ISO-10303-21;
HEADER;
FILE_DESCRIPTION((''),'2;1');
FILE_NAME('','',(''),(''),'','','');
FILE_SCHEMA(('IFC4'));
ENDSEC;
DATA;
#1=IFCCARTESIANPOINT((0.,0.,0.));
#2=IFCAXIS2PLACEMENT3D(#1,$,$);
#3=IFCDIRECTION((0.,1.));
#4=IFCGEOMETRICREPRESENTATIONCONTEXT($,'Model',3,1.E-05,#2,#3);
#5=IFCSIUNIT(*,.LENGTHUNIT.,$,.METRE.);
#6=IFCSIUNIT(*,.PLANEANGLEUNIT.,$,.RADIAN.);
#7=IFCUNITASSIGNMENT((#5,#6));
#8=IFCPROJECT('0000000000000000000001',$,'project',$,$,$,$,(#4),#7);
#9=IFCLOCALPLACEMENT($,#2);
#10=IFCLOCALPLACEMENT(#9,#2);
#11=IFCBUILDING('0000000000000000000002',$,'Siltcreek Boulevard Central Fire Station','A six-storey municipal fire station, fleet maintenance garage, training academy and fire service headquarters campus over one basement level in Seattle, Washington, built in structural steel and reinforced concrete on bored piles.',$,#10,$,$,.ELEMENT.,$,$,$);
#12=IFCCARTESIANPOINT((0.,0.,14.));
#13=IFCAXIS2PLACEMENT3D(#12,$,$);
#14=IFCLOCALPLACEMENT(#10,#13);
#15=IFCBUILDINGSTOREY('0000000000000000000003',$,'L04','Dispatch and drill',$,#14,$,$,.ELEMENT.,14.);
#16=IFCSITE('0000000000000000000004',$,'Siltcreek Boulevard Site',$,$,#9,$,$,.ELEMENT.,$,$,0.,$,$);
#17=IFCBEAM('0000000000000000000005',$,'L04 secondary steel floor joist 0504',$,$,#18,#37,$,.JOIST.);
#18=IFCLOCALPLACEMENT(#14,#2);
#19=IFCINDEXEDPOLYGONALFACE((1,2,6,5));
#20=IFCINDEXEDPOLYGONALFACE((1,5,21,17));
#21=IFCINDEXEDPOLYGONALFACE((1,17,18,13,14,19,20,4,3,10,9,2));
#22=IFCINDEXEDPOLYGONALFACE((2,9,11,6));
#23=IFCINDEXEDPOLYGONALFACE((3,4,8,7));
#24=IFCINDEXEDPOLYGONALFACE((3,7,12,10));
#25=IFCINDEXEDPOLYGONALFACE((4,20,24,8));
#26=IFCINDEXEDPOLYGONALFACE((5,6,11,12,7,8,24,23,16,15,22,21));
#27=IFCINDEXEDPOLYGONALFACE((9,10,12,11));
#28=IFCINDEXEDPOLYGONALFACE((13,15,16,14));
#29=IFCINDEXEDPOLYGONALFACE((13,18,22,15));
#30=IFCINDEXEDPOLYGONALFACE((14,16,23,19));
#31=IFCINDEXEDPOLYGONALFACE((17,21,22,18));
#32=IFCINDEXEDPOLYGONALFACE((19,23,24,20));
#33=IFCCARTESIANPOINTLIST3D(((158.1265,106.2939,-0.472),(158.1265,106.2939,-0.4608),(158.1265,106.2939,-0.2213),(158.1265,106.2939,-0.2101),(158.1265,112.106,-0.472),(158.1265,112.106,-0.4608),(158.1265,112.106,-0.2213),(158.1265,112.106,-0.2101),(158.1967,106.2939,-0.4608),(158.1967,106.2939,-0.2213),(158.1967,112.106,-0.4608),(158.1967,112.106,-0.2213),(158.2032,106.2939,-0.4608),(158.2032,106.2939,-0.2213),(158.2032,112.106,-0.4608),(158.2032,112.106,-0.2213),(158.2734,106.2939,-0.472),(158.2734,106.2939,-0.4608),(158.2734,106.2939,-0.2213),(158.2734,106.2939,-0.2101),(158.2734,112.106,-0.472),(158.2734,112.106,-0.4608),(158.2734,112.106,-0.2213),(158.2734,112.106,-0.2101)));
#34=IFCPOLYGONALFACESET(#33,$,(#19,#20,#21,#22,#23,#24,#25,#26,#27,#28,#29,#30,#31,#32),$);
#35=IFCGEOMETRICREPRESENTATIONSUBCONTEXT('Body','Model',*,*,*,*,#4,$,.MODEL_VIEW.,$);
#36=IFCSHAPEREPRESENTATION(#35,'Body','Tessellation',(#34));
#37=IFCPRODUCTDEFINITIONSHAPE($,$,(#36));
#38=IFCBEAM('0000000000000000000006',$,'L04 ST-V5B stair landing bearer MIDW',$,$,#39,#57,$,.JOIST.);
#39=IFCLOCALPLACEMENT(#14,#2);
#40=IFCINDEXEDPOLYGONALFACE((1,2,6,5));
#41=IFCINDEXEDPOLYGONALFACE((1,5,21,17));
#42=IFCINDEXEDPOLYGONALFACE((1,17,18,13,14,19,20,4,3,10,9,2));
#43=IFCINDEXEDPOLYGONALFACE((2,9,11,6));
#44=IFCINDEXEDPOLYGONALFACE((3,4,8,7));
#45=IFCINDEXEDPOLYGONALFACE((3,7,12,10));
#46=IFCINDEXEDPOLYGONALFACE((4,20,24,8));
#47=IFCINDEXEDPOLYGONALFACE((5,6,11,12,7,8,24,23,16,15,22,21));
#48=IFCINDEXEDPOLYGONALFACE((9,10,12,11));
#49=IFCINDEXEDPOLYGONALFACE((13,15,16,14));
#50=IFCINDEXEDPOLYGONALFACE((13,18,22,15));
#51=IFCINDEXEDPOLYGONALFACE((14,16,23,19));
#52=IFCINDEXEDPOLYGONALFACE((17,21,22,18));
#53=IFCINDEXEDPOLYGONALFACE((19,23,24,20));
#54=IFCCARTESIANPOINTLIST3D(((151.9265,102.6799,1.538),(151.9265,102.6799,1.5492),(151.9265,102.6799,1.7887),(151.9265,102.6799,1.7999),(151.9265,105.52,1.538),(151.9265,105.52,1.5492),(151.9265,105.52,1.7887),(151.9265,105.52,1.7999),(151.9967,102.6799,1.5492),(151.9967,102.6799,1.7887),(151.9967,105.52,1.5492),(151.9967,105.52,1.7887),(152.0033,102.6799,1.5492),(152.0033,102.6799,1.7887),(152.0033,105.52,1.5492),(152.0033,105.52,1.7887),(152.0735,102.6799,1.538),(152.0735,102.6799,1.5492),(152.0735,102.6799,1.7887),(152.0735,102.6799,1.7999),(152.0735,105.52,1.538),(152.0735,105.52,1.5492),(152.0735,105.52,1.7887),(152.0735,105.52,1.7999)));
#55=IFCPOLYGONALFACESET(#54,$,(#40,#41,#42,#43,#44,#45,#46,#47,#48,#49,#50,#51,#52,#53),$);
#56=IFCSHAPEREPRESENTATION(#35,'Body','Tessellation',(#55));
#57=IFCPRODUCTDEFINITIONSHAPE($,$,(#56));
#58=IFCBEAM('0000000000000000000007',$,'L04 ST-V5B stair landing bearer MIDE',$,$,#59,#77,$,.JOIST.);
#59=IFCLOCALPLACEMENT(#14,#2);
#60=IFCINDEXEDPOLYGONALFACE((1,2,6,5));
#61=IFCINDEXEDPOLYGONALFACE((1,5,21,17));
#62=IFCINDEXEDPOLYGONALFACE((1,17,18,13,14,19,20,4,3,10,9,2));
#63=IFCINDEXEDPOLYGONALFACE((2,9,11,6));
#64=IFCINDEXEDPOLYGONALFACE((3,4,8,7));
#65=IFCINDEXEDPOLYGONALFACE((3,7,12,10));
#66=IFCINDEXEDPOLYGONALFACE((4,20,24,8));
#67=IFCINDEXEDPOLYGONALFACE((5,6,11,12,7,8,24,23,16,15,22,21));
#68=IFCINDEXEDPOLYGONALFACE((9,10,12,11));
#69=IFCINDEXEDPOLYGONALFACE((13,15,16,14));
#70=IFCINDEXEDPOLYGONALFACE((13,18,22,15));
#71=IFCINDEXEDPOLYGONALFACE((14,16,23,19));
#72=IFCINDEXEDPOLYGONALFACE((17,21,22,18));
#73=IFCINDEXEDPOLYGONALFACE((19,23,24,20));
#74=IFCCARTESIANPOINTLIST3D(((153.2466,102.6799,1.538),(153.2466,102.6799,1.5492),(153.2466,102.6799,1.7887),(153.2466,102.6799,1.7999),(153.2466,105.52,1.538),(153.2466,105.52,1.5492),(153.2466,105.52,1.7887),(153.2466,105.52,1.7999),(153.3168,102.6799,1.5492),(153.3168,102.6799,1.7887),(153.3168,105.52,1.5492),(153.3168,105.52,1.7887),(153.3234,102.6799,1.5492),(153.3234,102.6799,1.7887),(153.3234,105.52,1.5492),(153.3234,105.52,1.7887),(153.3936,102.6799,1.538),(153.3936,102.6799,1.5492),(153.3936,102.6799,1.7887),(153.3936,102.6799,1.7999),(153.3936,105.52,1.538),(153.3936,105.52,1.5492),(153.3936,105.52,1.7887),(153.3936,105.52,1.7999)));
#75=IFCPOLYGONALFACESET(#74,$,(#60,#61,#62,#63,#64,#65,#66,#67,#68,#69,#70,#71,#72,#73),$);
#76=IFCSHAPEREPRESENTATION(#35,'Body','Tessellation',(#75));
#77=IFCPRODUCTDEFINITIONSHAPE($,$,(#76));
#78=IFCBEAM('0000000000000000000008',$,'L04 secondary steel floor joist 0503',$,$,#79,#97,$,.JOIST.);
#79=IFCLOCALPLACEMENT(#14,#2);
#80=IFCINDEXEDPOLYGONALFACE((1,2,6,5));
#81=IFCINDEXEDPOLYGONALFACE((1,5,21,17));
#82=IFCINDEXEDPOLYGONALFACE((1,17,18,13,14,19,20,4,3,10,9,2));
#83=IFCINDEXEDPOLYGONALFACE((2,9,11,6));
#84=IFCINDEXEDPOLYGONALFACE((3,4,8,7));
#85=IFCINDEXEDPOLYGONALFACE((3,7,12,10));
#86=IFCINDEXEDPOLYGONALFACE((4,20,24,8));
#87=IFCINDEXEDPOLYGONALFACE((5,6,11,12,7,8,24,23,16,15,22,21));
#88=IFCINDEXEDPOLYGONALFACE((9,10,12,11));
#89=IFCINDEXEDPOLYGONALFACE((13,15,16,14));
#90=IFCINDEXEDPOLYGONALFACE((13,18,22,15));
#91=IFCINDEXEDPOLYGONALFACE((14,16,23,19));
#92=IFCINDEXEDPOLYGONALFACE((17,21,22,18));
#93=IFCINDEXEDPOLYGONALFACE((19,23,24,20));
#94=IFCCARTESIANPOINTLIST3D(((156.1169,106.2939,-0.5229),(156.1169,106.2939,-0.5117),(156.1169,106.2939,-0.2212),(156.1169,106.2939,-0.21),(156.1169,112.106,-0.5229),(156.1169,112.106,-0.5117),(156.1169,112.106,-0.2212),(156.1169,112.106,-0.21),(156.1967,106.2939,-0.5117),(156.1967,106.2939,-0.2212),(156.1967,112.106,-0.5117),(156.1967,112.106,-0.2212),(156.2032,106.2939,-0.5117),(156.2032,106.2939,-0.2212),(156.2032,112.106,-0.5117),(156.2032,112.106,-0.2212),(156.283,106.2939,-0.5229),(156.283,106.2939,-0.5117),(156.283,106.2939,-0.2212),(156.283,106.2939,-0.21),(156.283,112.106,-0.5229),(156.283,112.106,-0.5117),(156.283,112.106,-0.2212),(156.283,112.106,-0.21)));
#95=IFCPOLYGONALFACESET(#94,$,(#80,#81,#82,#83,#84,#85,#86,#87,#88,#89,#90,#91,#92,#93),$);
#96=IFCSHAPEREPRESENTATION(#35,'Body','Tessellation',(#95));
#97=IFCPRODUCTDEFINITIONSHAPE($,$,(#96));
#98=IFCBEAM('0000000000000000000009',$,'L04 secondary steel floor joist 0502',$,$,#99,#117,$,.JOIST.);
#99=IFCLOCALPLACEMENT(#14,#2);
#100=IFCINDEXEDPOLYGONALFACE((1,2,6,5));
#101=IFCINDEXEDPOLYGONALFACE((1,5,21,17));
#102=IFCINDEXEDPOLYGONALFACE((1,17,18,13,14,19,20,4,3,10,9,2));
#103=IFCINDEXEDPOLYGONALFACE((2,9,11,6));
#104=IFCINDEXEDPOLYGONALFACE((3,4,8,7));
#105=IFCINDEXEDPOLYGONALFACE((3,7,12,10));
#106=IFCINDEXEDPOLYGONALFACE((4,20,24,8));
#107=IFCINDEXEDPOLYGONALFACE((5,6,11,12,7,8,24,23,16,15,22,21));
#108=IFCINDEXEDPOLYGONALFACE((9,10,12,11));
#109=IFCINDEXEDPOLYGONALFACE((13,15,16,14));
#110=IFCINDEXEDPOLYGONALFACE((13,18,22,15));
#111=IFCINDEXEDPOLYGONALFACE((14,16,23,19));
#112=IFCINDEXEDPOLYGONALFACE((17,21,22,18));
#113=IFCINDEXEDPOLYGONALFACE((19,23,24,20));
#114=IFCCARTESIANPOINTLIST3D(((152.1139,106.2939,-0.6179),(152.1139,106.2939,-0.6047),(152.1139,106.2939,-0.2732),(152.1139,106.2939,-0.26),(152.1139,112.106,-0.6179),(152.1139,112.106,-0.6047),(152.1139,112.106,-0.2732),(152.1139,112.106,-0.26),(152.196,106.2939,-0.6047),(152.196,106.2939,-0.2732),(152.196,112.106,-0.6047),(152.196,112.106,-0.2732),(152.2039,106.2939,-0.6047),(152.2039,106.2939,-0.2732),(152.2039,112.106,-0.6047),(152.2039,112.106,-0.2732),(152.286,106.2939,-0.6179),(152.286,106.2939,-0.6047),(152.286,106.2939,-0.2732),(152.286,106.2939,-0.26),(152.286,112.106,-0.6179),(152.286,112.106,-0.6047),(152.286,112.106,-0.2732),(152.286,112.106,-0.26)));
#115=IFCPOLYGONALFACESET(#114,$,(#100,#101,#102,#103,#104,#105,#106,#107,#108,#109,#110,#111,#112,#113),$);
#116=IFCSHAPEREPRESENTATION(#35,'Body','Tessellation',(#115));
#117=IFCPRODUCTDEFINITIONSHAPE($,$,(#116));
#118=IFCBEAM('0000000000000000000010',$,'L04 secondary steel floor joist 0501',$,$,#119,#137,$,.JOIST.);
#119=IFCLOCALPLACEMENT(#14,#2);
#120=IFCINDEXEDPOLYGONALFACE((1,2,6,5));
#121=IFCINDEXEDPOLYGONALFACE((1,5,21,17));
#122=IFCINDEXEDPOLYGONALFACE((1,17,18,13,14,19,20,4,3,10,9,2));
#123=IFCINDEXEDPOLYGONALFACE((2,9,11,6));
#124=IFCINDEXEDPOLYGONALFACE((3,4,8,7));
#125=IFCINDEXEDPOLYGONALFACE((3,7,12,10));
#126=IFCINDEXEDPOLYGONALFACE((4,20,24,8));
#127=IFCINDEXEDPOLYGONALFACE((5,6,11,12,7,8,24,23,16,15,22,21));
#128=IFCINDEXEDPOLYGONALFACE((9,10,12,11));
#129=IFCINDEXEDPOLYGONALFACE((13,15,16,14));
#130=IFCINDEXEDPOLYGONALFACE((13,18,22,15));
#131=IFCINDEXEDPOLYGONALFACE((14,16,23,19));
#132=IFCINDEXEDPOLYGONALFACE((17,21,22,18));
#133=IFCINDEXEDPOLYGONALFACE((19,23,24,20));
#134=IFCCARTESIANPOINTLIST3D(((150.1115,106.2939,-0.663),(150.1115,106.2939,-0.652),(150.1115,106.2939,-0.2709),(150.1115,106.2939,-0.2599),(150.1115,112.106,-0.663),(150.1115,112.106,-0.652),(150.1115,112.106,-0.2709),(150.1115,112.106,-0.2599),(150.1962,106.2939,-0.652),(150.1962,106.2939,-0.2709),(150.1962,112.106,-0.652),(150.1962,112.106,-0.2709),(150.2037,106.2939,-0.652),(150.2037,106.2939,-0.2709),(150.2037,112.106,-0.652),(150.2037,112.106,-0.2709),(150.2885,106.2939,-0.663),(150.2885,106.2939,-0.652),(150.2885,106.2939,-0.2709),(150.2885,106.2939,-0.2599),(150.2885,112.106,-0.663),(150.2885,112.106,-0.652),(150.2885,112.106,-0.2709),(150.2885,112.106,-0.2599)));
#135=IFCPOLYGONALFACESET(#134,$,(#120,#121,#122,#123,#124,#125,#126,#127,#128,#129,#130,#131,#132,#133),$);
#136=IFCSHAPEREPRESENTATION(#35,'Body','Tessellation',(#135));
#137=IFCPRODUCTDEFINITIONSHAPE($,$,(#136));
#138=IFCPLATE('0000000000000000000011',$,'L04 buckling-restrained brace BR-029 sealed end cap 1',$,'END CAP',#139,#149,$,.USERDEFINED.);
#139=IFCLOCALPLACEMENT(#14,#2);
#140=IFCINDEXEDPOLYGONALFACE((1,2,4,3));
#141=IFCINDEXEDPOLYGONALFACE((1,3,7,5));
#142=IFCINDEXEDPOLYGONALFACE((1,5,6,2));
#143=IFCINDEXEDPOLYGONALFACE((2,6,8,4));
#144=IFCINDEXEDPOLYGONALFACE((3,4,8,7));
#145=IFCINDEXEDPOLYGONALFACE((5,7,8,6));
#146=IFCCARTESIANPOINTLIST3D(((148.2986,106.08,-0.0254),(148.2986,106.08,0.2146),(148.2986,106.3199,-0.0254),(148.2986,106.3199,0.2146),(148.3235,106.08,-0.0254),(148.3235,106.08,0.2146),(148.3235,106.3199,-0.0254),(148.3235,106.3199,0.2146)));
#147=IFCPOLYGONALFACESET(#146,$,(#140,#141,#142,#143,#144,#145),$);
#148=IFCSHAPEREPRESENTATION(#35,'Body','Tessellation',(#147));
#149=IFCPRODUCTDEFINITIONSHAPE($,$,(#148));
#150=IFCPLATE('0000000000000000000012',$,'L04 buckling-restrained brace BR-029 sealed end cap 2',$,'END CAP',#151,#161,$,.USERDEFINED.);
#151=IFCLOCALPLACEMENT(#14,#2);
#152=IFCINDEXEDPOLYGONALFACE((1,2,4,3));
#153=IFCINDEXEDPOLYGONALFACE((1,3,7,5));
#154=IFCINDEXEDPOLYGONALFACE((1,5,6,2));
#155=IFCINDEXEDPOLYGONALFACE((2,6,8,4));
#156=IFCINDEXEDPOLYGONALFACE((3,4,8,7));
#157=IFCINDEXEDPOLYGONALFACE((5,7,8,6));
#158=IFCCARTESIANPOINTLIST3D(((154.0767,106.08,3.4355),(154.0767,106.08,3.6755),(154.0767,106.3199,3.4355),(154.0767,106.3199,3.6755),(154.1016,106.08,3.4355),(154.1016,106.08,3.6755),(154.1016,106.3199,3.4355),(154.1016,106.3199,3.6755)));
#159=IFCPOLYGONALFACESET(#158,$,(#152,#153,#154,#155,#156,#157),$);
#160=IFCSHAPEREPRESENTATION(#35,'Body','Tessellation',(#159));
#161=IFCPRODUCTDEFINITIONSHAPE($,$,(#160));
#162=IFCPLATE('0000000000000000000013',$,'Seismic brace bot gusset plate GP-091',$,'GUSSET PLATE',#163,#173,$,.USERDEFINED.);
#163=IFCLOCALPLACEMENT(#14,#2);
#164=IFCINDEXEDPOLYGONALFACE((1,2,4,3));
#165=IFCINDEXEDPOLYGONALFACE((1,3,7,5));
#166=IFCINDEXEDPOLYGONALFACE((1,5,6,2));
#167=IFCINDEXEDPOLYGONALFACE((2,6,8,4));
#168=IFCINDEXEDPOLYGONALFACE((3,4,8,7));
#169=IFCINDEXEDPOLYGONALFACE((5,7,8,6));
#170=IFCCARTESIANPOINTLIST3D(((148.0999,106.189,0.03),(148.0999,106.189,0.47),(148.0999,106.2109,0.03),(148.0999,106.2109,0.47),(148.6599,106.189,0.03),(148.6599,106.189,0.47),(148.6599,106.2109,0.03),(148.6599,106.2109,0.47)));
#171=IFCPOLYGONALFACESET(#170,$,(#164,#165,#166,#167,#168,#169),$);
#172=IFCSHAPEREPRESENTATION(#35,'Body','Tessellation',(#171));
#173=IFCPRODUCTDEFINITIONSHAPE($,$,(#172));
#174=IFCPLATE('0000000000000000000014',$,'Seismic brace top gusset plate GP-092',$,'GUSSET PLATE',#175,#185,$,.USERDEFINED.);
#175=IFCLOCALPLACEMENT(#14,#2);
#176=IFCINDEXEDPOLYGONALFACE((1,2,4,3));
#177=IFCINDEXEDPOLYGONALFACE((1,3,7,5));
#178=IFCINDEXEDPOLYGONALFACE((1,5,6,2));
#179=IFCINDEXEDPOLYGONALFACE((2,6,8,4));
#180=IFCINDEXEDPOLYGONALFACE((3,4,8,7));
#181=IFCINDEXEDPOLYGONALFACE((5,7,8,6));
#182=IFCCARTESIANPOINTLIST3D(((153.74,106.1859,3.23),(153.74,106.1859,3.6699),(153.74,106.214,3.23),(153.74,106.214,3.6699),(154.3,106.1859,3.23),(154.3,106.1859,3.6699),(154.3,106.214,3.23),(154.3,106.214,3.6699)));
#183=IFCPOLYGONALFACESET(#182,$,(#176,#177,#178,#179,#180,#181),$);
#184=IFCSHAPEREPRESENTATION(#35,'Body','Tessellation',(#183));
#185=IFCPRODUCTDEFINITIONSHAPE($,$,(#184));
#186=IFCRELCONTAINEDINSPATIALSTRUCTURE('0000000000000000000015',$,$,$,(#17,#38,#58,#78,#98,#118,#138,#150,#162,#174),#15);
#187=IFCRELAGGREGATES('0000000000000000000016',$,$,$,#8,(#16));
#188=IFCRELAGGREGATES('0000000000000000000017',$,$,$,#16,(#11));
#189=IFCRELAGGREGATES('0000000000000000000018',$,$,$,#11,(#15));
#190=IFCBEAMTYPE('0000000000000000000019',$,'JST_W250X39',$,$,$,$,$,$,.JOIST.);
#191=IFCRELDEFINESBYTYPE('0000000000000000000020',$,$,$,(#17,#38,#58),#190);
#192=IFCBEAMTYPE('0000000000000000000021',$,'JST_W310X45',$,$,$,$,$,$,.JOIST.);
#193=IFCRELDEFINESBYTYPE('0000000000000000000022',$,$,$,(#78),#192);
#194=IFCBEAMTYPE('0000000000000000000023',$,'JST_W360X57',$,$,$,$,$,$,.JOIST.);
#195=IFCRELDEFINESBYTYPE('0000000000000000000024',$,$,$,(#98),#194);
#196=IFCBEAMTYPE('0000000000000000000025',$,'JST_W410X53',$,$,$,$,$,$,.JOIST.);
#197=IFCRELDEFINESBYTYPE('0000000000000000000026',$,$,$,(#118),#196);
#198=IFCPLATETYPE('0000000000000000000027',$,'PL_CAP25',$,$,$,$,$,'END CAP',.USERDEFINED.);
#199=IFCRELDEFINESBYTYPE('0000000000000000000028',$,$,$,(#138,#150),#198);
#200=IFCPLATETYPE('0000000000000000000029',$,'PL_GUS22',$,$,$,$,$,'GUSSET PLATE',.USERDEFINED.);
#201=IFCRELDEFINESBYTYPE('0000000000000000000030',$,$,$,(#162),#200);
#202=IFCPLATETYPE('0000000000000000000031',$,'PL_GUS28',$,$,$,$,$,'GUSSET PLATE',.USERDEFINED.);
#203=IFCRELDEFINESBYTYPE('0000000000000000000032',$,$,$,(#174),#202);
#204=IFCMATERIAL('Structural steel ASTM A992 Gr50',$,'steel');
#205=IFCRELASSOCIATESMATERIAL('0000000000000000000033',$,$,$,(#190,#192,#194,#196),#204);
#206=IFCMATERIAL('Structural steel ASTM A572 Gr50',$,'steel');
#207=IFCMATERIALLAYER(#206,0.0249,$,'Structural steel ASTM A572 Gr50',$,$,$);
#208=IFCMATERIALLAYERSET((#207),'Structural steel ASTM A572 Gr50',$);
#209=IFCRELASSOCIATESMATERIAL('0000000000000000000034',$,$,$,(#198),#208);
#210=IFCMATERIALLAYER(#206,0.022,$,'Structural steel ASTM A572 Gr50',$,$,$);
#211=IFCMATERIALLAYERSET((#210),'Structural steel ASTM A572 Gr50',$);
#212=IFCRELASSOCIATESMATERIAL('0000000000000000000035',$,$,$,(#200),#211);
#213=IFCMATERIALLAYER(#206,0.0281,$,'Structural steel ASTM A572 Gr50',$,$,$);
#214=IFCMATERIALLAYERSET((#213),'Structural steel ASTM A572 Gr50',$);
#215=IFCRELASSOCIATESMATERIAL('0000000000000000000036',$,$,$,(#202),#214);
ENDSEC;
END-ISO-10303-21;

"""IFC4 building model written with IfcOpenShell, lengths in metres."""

from ifc_helpers import new_model, si_unit, direction, frame, origin, origin_2d, place, context, subcontext, project, spatial, rectangle, i_section, extrude, material, layer, layer_set, material_profile, profile_set, type_object, element, save


model = new_model("IFC4")

# Units and contexts
model_context = context("Model", 3, precision=1e-05, world=origin(), true_north=direction((0.0, 1.0)))
body_context = subcontext(model_context, "Body", "Model", "MODEL_VIEW")
ifc_project = project(units=[si_unit("LENGTHUNIT", "METRE"), si_unit("PLANEANGLEUNIT", "RADIAN")], contexts=[model_context])

# Site, building, storey
site_placement = place(None, origin())
site = spatial("IfcSite", under=ifc_project, at=site_placement, Name="Siltcreek Boulevard Site", CompositionType="ELEMENT", RefElevation=0.0)
building_placement = place(site_placement, origin())
building = spatial("IfcBuilding", under=site, at=building_placement, Name="Siltcreek Boulevard Central Fire Station", Description="A six-storey municipal fire station, fleet maintenance garage, training academy and fire service headquarters campus over one basement level in Seattle, Washington, built in structural steel and reinforced concrete on bored piles.", CompositionType="ELEMENT")
storey_placement = place(building_placement, frame((0.0, 0.0, 14.0)))
storey = spatial("IfcBuildingStorey", under=building, at=storey_placement, Name="L04", Description="Dispatch and drill", CompositionType="ELEMENT", Elevation=14.0)

# Shared definitions
ifc_material_1 = material(Name="Structural steel ASTM A992 Gr50", Category="steel")

# Beams
ifc_material_profile_1 = material_profile(ifc_material_1, i_section(OverallWidth=0.147, OverallDepth=0.262, WebThickness=0.0066, FlangeThickness=0.0112, at=origin_2d()), Name="W250X39")
ifc_profile_set_1 = profile_set([ifc_material_profile_1], Name="Structural steel ASTM A992 Gr50")
beam_type_1 = type_object("IfcBeamType", Name="JST_W250X39", PredefinedType="JOIST", material=ifc_profile_set_1)
beam_1_placement = place(storey_placement, frame((158.2, 106.2939, -0.3411), z_axis=(0.0, 1.0, 0.0), x_axis=(-1.0, 0.0, 0.0)))
element("IfcBeam", 1, at=beam_1_placement, inside=storey, type_object=beam_type_1, Name="L04 secondary steel floor joist 0504", PredefinedType="JOIST", context=body_context, shape_type="SweptSolid", body=[
    extrude(i_section(OverallWidth=0.147, OverallDepth=0.262, WebThickness=0.0066, FlangeThickness=0.0112, at=origin_2d()), origin(), (0.0, 0.0, 1.0), 5.812),
])
for number, where, z_axis, x_axis, name in (
    (2, (152.0, 102.6799, 1.6689), (0.0, 1.0, 0.0), (-1.0, 0.0, 0.0), "L04 ST-V5B stair landing bearer MIDW"),
    (3, (153.3201, 102.6799, 1.6689), (0.0, 1.0, 0.0), (-1.0, 0.0, 0.0), "L04 ST-V5B stair landing bearer MIDE"),
):
    element("IfcBeam", number, at=place(storey_placement, frame(where, z_axis=z_axis, x_axis=x_axis)), inside=storey, type_object=beam_type_1, Name=name, PredefinedType="JOIST", context=body_context, shape_type="SweptSolid", body=[
        extrude(i_section(OverallWidth=0.147, OverallDepth=0.262, WebThickness=0.0066, FlangeThickness=0.0112, at=origin_2d()), origin(), (0.0, 0.0, 1.0), 2.8401),
    ])
ifc_material_profile_2 = material_profile(ifc_material_1, i_section(OverallWidth=0.166, OverallDepth=0.313, WebThickness=0.0066, FlangeThickness=0.0112, at=origin_2d()), Name="W310X45")
ifc_profile_set_2 = profile_set([ifc_material_profile_2], Name="Structural steel ASTM A992 Gr50")
beam_type_2 = type_object("IfcBeamType", Name="JST_W310X45", PredefinedType="JOIST", material=ifc_profile_set_2)
beam_2_placement = place(storey_placement, frame((156.2, 106.2939, -0.3665), z_axis=(0.0, 1.0, 0.0), x_axis=(-1.0, 0.0, 0.0)))
element("IfcBeam", 4, at=beam_2_placement, inside=storey, type_object=beam_type_2, Name="L04 secondary steel floor joist 0503", PredefinedType="JOIST", context=body_context, shape_type="SweptSolid", body=[
    extrude(i_section(OverallWidth=0.166, OverallDepth=0.313, WebThickness=0.0066, FlangeThickness=0.0112, at=origin_2d()), origin(), (0.0, 0.0, 1.0), 5.812),
])
ifc_material_profile_3 = material_profile(ifc_material_1, i_section(OverallWidth=0.1721, OverallDepth=0.3579, WebThickness=0.0078, FlangeThickness=0.0132, at=origin_2d()), Name="W360X57")
ifc_profile_set_3 = profile_set([ifc_material_profile_3], Name="Structural steel ASTM A992 Gr50")
beam_type_3 = type_object("IfcBeamType", Name="JST_W360X57", PredefinedType="JOIST", material=ifc_profile_set_3)
beam_3_placement = place(storey_placement, frame((152.2, 106.2939, -0.439), z_axis=(0.0, 1.0, 0.0), x_axis=(-1.0, 0.0, 0.0)))
element("IfcBeam", 5, at=beam_3_placement, inside=storey, type_object=beam_type_3, Name="L04 secondary steel floor joist 0502", PredefinedType="JOIST", context=body_context, shape_type="SweptSolid", body=[
    extrude(i_section(OverallWidth=0.1721, OverallDepth=0.3579, WebThickness=0.0078, FlangeThickness=0.0132, at=origin_2d()), origin(), (0.0, 0.0, 1.0), 5.812),
])
ifc_material_profile_4 = material_profile(ifc_material_1, i_section(OverallWidth=0.177, OverallDepth=0.4031, WebThickness=0.0076, FlangeThickness=0.011, at=origin_2d()), Name="W410X53")
ifc_profile_set_4 = profile_set([ifc_material_profile_4], Name="Structural steel ASTM A992 Gr50")
beam_type_4 = type_object("IfcBeamType", Name="JST_W410X53", PredefinedType="JOIST", material=ifc_profile_set_4)
beam_4_placement = place(storey_placement, frame((150.2, 106.2939, -0.4614), z_axis=(0.0, 1.0, 0.0), x_axis=(-1.0, 0.0, 0.0)))
element("IfcBeam", 6, at=beam_4_placement, inside=storey, type_object=beam_type_4, Name="L04 secondary steel floor joist 0501", PredefinedType="JOIST", context=body_context, shape_type="SweptSolid", body=[
    extrude(i_section(OverallWidth=0.177, OverallDepth=0.4031, WebThickness=0.0076, FlangeThickness=0.011, at=origin_2d()), origin(), (0.0, 0.0, 1.0), 5.812),
])

# Plates
ifc_material_2 = material(Name="Structural steel ASTM A572 Gr50", Category="steel")
ifc_layer_1 = layer(ifc_material_2, 0.0249, Name="Structural steel ASTM A572 Gr50")
ifc_layer_set_1 = layer_set([ifc_layer_1], Name="Structural steel ASTM A572 Gr50")
plate_type_1 = type_object("IfcPlateType", Name="PL_CAP25", ElementType="END CAP", PredefinedType="USERDEFINED", material=ifc_layer_set_1)
for number, where, z_axis, x_axis, name in (
    (7, (148.311, 106.2, -0.0254), (0.0, 0.0, 1.0), (1.0, 0.0, 0.0), "L04 buckling-restrained brace BR-029 sealed end cap 1"),
    (8, (154.0891, 106.2, 3.4355), (0.0, 0.0, 1.0), (1.0, 0.0, 0.0), "L04 buckling-restrained brace BR-029 sealed end cap 2"),
):
    element("IfcPlate", number, at=place(storey_placement, frame(where, z_axis=z_axis, x_axis=x_axis)), inside=storey, type_object=plate_type_1, Name=name, ObjectType="END CAP", PredefinedType="USERDEFINED", context=body_context, shape_type="SweptSolid", body=[
        extrude(rectangle(XDim=0.0249, YDim=0.24, at=origin_2d()), origin(), (0.0, 0.0, 1.0), 0.24),
    ])
ifc_layer_2 = layer(ifc_material_2, 0.022, Name="Structural steel ASTM A572 Gr50")
ifc_layer_set_2 = layer_set([ifc_layer_2], Name="Structural steel ASTM A572 Gr50")
plate_type_2 = type_object("IfcPlateType", Name="PL_GUS22", ElementType="GUSSET PLATE", PredefinedType="USERDEFINED", material=ifc_layer_set_2)
plate_1_placement = place(storey_placement, frame((148.3799, 106.2, 0.03), z_axis=(0.0, 0.0, 1.0), x_axis=(1.0, 0.0, 0.0)))
element("IfcPlate", 9, at=plate_1_placement, inside=storey, type_object=plate_type_2, Name="Seismic brace bot gusset plate GP-091", ObjectType="GUSSET PLATE", PredefinedType="USERDEFINED", context=body_context, shape_type="SweptSolid", body=[
    extrude(rectangle(XDim=0.5601, YDim=0.022, at=origin_2d()), origin(), (0.0, 0.0, 1.0), 0.4399),
])
ifc_layer_3 = layer(ifc_material_2, 0.0281, Name="Structural steel ASTM A572 Gr50")
ifc_layer_set_3 = layer_set([ifc_layer_3], Name="Structural steel ASTM A572 Gr50")
plate_type_3 = type_object("IfcPlateType", Name="PL_GUS28", ElementType="GUSSET PLATE", PredefinedType="USERDEFINED", material=ifc_layer_set_3)
plate_2_placement = place(storey_placement, frame((154.02, 106.2, 3.23), z_axis=(0.0, 0.0, 1.0), x_axis=(1.0, 0.0, 0.0)))
element("IfcPlate", 10, at=plate_2_placement, inside=storey, type_object=plate_type_3, Name="Seismic brace top gusset plate GP-092", ObjectType="GUSSET PLATE", PredefinedType="USERDEFINED", context=body_context, shape_type="SweptSolid", body=[
    extrude(rectangle(XDim=0.5601, YDim=0.0281, at=origin_2d()), origin(), (0.0, 0.0, 1.0), 0.4399),
])

save(model, "model.ifc")
